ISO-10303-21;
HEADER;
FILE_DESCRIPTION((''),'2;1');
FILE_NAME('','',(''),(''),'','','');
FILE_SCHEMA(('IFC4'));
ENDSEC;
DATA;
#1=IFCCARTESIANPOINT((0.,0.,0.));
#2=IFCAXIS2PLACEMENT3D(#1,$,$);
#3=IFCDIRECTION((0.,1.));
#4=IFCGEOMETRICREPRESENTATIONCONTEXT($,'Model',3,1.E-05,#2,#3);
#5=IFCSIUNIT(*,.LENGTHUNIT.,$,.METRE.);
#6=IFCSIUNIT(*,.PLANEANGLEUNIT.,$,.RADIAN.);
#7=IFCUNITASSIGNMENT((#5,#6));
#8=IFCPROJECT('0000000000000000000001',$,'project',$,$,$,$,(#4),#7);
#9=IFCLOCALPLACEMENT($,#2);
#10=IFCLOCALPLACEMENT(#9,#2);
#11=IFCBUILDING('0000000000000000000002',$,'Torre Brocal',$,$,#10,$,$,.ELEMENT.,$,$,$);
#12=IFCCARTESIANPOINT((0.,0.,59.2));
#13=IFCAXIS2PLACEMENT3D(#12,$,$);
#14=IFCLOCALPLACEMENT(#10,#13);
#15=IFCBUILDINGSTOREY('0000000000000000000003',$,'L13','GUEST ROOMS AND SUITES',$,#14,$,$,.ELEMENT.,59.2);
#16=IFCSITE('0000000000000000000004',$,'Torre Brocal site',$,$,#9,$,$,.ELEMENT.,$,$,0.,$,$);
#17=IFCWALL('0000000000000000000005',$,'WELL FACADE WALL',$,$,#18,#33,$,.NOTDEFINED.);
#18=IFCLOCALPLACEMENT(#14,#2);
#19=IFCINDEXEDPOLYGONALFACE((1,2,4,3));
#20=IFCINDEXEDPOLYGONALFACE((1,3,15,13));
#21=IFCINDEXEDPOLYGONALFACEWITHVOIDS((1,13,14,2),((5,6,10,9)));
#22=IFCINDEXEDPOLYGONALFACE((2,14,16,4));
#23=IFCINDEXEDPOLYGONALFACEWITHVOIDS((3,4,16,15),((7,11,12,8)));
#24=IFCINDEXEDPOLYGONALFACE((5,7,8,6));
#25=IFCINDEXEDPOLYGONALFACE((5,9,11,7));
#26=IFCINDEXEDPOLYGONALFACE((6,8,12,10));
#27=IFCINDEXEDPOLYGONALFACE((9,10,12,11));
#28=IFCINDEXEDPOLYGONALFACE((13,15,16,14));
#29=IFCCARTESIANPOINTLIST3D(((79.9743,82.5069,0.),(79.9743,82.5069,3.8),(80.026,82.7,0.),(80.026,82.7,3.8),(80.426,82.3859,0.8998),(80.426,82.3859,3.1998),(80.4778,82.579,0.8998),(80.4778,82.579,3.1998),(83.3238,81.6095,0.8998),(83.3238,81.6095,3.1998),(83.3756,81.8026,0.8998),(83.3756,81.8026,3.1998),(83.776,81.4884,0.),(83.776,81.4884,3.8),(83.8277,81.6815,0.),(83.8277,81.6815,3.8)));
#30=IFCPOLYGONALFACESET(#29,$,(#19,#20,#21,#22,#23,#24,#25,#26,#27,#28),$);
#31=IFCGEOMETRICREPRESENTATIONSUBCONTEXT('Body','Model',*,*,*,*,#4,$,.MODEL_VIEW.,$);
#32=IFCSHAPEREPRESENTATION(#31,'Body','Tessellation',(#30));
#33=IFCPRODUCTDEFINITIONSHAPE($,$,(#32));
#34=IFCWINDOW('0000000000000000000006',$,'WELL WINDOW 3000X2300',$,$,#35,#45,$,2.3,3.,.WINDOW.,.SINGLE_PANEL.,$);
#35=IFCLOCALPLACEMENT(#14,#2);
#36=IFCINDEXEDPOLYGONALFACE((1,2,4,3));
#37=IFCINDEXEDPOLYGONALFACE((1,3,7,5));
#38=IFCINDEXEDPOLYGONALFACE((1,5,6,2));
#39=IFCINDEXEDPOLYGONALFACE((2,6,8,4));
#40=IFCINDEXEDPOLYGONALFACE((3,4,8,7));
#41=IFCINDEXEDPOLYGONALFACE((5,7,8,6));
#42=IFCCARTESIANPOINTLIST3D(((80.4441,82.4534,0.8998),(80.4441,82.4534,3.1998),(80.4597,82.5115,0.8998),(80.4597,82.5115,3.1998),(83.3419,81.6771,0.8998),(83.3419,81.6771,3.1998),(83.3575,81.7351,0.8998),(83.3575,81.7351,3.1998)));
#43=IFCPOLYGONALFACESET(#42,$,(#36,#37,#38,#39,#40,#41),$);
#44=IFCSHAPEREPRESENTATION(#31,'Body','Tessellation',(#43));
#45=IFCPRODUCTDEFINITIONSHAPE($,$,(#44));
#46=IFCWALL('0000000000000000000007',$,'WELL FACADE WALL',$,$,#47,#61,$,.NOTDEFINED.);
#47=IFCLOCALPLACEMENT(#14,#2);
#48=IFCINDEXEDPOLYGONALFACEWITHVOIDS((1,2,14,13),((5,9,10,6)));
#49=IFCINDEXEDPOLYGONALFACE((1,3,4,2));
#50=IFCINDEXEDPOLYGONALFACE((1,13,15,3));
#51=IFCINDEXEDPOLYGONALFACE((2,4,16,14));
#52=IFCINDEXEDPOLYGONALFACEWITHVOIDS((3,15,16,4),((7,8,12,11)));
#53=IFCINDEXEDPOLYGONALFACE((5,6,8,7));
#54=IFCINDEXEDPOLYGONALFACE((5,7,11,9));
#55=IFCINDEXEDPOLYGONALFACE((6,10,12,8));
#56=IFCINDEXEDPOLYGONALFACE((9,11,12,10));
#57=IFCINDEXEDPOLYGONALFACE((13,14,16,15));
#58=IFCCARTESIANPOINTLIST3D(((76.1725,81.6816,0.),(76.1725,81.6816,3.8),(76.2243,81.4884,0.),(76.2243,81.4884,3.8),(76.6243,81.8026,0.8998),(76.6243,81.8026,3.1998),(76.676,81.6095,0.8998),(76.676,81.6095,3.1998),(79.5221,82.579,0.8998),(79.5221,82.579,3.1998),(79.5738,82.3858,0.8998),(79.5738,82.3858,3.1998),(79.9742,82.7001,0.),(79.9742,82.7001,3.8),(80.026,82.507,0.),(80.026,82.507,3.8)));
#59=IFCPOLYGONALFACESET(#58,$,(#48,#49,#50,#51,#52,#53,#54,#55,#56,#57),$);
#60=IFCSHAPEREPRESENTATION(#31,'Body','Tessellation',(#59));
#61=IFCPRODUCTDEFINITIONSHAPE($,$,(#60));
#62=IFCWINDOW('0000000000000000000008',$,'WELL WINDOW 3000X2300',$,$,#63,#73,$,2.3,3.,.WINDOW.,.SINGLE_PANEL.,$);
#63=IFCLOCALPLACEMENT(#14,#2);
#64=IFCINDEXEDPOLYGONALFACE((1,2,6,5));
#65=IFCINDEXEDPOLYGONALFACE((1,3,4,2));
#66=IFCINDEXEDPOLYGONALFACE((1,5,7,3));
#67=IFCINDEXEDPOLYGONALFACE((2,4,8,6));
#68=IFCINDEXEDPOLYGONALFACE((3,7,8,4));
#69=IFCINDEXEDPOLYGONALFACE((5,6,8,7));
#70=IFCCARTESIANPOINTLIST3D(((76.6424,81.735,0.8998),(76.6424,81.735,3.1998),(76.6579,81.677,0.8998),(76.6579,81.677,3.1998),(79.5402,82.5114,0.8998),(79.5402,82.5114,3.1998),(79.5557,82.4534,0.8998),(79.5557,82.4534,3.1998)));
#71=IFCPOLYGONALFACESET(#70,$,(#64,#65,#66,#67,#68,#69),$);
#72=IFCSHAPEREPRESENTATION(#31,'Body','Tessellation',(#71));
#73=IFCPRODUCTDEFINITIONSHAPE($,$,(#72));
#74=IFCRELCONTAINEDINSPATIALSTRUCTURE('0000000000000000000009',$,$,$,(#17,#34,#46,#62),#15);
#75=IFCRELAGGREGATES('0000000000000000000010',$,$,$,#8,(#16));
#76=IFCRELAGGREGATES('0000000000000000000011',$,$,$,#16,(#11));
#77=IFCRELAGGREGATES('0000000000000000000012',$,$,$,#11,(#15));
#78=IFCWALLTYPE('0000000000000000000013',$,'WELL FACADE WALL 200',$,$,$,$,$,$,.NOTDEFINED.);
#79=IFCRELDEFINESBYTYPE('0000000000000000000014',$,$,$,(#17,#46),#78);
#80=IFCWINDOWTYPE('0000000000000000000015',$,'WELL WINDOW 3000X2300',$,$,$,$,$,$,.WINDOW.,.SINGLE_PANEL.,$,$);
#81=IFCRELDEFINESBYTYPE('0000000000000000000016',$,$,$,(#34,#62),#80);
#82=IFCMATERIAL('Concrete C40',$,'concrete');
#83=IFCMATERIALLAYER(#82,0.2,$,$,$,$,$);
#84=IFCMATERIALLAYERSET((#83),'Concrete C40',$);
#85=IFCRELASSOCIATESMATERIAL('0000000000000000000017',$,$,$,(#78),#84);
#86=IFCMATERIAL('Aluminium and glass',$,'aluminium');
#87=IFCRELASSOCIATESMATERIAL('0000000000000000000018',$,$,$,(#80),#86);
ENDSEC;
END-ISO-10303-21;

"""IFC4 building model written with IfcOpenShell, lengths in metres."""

from ifc_helpers import new_model, si_unit, direction, frame, frame_2d, origin, place, context, subcontext, project, spatial, rectangle, extrude, material, layer, layer_set, type_object, element, fill, save


model = new_model("IFC4")

# Units and contexts
model_context = context("Model", 3, precision=1e-05, world=origin(), true_north=direction((0.0, 1.0)))
body_context = subcontext(model_context, "Body", "Model", "MODEL_VIEW")
ifc_project = project(units=[si_unit("LENGTHUNIT", "METRE"), si_unit("PLANEANGLEUNIT", "RADIAN")], contexts=[model_context])

# Site, building, storey
site_placement = place(None, origin())
site = spatial("IfcSite", under=ifc_project, at=site_placement, Name="Torre Brocal site", CompositionType="ELEMENT", RefElevation=0.0)
building_placement = place(site_placement, origin())
building = spatial("IfcBuilding", under=site, at=building_placement, Name="Torre Brocal", CompositionType="ELEMENT")
storey_placement = place(building_placement, frame((0.0, 0.0, 59.2)))
storey = spatial("IfcBuildingStorey", under=building, at=storey_placement, Name="L13", Description="GUEST ROOMS AND SUITES", CompositionType="ELEMENT", Elevation=59.2)

# Walls, openings, windows
ifc_material_1 = material(Name="Concrete C40", Category="concrete")
ifc_layer_1 = layer(ifc_material_1, 0.2)
ifc_layer_set_1 = layer_set([ifc_layer_1], Name="Concrete C40")
wall_type_1 = type_object("IfcWallType", Name="WELL FACADE WALL 200", PredefinedType="NOTDEFINED", material=ifc_layer_set_1)
ifc_material_2 = material(Name="Aluminium and glass", Category="aluminium")
window_type = type_object("IfcWindowType", Name="WELL WINDOW 3000X2300", PartitioningType="SINGLE_PANEL", PredefinedType="WINDOW", material=ifc_material_2)
wall_1_placement = place(storey_placement, frame((83.8018, 81.585, 0.0), z_axis=(0.0, 0.0, 1.0), x_axis=(-0.965934, 0.25879, 0.0)))
wall_1 = element("IfcWall", 1, at=wall_1_placement, inside=storey, type_object=wall_type_1, Name="WELL FACADE WALL", PredefinedType="NOTDEFINED", context=body_context, shape_type="SweptSolid", body=[
    extrude(rectangle(XDim=3.9358, YDim=0.2, at=frame_2d((1.9678, 0.0))), origin(), (0.0, 0.0, 1.0), 3.8),
])
opening_1_placement = place(wall_1_placement, frame((0.468, 0.0, 0.8999)))
opening_1 = element("IfcOpeningElement", 2, at=opening_1_placement, cuts=wall_1, PredefinedType="OPENING", context=body_context, shape_type="SweptSolid", body=[
    extrude(rectangle(XDim=3.0, YDim=2.3, at=frame_2d((1.5, 1.1499))), frame((0.0, 0.1099, 0.0), z_axis=(0.0, -1.0, 0.0), x_axis=(1.0, 0.0, 0.0)), (0.0, 0.0, 1.0), 0.22),
])
window_1_placement = place(opening_1_placement, origin())
window_1 = element("IfcWindow", 3, at=window_1_placement, inside=storey, type_object=window_type, Name="WELL WINDOW 3000X2300", OverallHeight=2.3, OverallWidth=3.0, PartitioningType="SINGLE_PANEL", PredefinedType="WINDOW", context=body_context, shape_type="SweptSolid", body=[
    extrude(rectangle(XDim=3.0, YDim=2.3, at=frame_2d((1.5, 1.1499))), frame((0.0, 0.03, 0.0), z_axis=(0.0, -1.0, 0.0), x_axis=(1.0, 0.0, 0.0)), (0.0, 0.0, 1.0), 0.0601),
])
fill(opening_1, window_1)
wall_2_placement = place(storey_placement, frame((80.0, 82.6035, 0.0), z_axis=(0.0, 0.0, 1.0), x_axis=(-0.965934, -0.25879, 0.0)))
wall_2 = element("IfcWall", 4, at=wall_2_placement, inside=storey, type_object=wall_type_1, Name="WELL FACADE WALL", PredefinedType="NOTDEFINED", context=body_context, shape_type="SweptSolid", body=[
    extrude(rectangle(XDim=3.9358, YDim=0.2, at=frame_2d((1.9678, 0.0))), origin(), (0.0, 0.0, 1.0), 3.8),
])
opening_2_placement = place(wall_2_placement, frame((0.468, 0.0, 0.8999)))
opening_2 = element("IfcOpeningElement", 5, at=opening_2_placement, cuts=wall_2, PredefinedType="OPENING", context=body_context, shape_type="SweptSolid", body=[
    extrude(rectangle(XDim=3.0, YDim=2.3, at=frame_2d((1.5, 1.1499))), frame((0.0, 0.1099, 0.0), z_axis=(0.0, -1.0, 0.0), x_axis=(1.0, 0.0, 0.0)), (0.0, 0.0, 1.0), 0.22),
])
window_2_placement = place(opening_2_placement, origin())
window_2 = element("IfcWindow", 6, at=window_2_placement, inside=storey, type_object=window_type, Name="WELL WINDOW 3000X2300", OverallHeight=2.3, OverallWidth=3.0, PartitioningType="SINGLE_PANEL", PredefinedType="WINDOW", context=body_context, shape_type="SweptSolid", body=[
    extrude(rectangle(XDim=3.0, YDim=2.3, at=frame_2d((1.5, 1.1499))), frame((0.0, 0.03, 0.0), z_axis=(0.0, -1.0, 0.0), x_axis=(1.0, 0.0, 0.0)), (0.0, 0.0, 1.0), 0.0601),
])
fill(opening_2, window_2)

save(model, "model.ifc")
